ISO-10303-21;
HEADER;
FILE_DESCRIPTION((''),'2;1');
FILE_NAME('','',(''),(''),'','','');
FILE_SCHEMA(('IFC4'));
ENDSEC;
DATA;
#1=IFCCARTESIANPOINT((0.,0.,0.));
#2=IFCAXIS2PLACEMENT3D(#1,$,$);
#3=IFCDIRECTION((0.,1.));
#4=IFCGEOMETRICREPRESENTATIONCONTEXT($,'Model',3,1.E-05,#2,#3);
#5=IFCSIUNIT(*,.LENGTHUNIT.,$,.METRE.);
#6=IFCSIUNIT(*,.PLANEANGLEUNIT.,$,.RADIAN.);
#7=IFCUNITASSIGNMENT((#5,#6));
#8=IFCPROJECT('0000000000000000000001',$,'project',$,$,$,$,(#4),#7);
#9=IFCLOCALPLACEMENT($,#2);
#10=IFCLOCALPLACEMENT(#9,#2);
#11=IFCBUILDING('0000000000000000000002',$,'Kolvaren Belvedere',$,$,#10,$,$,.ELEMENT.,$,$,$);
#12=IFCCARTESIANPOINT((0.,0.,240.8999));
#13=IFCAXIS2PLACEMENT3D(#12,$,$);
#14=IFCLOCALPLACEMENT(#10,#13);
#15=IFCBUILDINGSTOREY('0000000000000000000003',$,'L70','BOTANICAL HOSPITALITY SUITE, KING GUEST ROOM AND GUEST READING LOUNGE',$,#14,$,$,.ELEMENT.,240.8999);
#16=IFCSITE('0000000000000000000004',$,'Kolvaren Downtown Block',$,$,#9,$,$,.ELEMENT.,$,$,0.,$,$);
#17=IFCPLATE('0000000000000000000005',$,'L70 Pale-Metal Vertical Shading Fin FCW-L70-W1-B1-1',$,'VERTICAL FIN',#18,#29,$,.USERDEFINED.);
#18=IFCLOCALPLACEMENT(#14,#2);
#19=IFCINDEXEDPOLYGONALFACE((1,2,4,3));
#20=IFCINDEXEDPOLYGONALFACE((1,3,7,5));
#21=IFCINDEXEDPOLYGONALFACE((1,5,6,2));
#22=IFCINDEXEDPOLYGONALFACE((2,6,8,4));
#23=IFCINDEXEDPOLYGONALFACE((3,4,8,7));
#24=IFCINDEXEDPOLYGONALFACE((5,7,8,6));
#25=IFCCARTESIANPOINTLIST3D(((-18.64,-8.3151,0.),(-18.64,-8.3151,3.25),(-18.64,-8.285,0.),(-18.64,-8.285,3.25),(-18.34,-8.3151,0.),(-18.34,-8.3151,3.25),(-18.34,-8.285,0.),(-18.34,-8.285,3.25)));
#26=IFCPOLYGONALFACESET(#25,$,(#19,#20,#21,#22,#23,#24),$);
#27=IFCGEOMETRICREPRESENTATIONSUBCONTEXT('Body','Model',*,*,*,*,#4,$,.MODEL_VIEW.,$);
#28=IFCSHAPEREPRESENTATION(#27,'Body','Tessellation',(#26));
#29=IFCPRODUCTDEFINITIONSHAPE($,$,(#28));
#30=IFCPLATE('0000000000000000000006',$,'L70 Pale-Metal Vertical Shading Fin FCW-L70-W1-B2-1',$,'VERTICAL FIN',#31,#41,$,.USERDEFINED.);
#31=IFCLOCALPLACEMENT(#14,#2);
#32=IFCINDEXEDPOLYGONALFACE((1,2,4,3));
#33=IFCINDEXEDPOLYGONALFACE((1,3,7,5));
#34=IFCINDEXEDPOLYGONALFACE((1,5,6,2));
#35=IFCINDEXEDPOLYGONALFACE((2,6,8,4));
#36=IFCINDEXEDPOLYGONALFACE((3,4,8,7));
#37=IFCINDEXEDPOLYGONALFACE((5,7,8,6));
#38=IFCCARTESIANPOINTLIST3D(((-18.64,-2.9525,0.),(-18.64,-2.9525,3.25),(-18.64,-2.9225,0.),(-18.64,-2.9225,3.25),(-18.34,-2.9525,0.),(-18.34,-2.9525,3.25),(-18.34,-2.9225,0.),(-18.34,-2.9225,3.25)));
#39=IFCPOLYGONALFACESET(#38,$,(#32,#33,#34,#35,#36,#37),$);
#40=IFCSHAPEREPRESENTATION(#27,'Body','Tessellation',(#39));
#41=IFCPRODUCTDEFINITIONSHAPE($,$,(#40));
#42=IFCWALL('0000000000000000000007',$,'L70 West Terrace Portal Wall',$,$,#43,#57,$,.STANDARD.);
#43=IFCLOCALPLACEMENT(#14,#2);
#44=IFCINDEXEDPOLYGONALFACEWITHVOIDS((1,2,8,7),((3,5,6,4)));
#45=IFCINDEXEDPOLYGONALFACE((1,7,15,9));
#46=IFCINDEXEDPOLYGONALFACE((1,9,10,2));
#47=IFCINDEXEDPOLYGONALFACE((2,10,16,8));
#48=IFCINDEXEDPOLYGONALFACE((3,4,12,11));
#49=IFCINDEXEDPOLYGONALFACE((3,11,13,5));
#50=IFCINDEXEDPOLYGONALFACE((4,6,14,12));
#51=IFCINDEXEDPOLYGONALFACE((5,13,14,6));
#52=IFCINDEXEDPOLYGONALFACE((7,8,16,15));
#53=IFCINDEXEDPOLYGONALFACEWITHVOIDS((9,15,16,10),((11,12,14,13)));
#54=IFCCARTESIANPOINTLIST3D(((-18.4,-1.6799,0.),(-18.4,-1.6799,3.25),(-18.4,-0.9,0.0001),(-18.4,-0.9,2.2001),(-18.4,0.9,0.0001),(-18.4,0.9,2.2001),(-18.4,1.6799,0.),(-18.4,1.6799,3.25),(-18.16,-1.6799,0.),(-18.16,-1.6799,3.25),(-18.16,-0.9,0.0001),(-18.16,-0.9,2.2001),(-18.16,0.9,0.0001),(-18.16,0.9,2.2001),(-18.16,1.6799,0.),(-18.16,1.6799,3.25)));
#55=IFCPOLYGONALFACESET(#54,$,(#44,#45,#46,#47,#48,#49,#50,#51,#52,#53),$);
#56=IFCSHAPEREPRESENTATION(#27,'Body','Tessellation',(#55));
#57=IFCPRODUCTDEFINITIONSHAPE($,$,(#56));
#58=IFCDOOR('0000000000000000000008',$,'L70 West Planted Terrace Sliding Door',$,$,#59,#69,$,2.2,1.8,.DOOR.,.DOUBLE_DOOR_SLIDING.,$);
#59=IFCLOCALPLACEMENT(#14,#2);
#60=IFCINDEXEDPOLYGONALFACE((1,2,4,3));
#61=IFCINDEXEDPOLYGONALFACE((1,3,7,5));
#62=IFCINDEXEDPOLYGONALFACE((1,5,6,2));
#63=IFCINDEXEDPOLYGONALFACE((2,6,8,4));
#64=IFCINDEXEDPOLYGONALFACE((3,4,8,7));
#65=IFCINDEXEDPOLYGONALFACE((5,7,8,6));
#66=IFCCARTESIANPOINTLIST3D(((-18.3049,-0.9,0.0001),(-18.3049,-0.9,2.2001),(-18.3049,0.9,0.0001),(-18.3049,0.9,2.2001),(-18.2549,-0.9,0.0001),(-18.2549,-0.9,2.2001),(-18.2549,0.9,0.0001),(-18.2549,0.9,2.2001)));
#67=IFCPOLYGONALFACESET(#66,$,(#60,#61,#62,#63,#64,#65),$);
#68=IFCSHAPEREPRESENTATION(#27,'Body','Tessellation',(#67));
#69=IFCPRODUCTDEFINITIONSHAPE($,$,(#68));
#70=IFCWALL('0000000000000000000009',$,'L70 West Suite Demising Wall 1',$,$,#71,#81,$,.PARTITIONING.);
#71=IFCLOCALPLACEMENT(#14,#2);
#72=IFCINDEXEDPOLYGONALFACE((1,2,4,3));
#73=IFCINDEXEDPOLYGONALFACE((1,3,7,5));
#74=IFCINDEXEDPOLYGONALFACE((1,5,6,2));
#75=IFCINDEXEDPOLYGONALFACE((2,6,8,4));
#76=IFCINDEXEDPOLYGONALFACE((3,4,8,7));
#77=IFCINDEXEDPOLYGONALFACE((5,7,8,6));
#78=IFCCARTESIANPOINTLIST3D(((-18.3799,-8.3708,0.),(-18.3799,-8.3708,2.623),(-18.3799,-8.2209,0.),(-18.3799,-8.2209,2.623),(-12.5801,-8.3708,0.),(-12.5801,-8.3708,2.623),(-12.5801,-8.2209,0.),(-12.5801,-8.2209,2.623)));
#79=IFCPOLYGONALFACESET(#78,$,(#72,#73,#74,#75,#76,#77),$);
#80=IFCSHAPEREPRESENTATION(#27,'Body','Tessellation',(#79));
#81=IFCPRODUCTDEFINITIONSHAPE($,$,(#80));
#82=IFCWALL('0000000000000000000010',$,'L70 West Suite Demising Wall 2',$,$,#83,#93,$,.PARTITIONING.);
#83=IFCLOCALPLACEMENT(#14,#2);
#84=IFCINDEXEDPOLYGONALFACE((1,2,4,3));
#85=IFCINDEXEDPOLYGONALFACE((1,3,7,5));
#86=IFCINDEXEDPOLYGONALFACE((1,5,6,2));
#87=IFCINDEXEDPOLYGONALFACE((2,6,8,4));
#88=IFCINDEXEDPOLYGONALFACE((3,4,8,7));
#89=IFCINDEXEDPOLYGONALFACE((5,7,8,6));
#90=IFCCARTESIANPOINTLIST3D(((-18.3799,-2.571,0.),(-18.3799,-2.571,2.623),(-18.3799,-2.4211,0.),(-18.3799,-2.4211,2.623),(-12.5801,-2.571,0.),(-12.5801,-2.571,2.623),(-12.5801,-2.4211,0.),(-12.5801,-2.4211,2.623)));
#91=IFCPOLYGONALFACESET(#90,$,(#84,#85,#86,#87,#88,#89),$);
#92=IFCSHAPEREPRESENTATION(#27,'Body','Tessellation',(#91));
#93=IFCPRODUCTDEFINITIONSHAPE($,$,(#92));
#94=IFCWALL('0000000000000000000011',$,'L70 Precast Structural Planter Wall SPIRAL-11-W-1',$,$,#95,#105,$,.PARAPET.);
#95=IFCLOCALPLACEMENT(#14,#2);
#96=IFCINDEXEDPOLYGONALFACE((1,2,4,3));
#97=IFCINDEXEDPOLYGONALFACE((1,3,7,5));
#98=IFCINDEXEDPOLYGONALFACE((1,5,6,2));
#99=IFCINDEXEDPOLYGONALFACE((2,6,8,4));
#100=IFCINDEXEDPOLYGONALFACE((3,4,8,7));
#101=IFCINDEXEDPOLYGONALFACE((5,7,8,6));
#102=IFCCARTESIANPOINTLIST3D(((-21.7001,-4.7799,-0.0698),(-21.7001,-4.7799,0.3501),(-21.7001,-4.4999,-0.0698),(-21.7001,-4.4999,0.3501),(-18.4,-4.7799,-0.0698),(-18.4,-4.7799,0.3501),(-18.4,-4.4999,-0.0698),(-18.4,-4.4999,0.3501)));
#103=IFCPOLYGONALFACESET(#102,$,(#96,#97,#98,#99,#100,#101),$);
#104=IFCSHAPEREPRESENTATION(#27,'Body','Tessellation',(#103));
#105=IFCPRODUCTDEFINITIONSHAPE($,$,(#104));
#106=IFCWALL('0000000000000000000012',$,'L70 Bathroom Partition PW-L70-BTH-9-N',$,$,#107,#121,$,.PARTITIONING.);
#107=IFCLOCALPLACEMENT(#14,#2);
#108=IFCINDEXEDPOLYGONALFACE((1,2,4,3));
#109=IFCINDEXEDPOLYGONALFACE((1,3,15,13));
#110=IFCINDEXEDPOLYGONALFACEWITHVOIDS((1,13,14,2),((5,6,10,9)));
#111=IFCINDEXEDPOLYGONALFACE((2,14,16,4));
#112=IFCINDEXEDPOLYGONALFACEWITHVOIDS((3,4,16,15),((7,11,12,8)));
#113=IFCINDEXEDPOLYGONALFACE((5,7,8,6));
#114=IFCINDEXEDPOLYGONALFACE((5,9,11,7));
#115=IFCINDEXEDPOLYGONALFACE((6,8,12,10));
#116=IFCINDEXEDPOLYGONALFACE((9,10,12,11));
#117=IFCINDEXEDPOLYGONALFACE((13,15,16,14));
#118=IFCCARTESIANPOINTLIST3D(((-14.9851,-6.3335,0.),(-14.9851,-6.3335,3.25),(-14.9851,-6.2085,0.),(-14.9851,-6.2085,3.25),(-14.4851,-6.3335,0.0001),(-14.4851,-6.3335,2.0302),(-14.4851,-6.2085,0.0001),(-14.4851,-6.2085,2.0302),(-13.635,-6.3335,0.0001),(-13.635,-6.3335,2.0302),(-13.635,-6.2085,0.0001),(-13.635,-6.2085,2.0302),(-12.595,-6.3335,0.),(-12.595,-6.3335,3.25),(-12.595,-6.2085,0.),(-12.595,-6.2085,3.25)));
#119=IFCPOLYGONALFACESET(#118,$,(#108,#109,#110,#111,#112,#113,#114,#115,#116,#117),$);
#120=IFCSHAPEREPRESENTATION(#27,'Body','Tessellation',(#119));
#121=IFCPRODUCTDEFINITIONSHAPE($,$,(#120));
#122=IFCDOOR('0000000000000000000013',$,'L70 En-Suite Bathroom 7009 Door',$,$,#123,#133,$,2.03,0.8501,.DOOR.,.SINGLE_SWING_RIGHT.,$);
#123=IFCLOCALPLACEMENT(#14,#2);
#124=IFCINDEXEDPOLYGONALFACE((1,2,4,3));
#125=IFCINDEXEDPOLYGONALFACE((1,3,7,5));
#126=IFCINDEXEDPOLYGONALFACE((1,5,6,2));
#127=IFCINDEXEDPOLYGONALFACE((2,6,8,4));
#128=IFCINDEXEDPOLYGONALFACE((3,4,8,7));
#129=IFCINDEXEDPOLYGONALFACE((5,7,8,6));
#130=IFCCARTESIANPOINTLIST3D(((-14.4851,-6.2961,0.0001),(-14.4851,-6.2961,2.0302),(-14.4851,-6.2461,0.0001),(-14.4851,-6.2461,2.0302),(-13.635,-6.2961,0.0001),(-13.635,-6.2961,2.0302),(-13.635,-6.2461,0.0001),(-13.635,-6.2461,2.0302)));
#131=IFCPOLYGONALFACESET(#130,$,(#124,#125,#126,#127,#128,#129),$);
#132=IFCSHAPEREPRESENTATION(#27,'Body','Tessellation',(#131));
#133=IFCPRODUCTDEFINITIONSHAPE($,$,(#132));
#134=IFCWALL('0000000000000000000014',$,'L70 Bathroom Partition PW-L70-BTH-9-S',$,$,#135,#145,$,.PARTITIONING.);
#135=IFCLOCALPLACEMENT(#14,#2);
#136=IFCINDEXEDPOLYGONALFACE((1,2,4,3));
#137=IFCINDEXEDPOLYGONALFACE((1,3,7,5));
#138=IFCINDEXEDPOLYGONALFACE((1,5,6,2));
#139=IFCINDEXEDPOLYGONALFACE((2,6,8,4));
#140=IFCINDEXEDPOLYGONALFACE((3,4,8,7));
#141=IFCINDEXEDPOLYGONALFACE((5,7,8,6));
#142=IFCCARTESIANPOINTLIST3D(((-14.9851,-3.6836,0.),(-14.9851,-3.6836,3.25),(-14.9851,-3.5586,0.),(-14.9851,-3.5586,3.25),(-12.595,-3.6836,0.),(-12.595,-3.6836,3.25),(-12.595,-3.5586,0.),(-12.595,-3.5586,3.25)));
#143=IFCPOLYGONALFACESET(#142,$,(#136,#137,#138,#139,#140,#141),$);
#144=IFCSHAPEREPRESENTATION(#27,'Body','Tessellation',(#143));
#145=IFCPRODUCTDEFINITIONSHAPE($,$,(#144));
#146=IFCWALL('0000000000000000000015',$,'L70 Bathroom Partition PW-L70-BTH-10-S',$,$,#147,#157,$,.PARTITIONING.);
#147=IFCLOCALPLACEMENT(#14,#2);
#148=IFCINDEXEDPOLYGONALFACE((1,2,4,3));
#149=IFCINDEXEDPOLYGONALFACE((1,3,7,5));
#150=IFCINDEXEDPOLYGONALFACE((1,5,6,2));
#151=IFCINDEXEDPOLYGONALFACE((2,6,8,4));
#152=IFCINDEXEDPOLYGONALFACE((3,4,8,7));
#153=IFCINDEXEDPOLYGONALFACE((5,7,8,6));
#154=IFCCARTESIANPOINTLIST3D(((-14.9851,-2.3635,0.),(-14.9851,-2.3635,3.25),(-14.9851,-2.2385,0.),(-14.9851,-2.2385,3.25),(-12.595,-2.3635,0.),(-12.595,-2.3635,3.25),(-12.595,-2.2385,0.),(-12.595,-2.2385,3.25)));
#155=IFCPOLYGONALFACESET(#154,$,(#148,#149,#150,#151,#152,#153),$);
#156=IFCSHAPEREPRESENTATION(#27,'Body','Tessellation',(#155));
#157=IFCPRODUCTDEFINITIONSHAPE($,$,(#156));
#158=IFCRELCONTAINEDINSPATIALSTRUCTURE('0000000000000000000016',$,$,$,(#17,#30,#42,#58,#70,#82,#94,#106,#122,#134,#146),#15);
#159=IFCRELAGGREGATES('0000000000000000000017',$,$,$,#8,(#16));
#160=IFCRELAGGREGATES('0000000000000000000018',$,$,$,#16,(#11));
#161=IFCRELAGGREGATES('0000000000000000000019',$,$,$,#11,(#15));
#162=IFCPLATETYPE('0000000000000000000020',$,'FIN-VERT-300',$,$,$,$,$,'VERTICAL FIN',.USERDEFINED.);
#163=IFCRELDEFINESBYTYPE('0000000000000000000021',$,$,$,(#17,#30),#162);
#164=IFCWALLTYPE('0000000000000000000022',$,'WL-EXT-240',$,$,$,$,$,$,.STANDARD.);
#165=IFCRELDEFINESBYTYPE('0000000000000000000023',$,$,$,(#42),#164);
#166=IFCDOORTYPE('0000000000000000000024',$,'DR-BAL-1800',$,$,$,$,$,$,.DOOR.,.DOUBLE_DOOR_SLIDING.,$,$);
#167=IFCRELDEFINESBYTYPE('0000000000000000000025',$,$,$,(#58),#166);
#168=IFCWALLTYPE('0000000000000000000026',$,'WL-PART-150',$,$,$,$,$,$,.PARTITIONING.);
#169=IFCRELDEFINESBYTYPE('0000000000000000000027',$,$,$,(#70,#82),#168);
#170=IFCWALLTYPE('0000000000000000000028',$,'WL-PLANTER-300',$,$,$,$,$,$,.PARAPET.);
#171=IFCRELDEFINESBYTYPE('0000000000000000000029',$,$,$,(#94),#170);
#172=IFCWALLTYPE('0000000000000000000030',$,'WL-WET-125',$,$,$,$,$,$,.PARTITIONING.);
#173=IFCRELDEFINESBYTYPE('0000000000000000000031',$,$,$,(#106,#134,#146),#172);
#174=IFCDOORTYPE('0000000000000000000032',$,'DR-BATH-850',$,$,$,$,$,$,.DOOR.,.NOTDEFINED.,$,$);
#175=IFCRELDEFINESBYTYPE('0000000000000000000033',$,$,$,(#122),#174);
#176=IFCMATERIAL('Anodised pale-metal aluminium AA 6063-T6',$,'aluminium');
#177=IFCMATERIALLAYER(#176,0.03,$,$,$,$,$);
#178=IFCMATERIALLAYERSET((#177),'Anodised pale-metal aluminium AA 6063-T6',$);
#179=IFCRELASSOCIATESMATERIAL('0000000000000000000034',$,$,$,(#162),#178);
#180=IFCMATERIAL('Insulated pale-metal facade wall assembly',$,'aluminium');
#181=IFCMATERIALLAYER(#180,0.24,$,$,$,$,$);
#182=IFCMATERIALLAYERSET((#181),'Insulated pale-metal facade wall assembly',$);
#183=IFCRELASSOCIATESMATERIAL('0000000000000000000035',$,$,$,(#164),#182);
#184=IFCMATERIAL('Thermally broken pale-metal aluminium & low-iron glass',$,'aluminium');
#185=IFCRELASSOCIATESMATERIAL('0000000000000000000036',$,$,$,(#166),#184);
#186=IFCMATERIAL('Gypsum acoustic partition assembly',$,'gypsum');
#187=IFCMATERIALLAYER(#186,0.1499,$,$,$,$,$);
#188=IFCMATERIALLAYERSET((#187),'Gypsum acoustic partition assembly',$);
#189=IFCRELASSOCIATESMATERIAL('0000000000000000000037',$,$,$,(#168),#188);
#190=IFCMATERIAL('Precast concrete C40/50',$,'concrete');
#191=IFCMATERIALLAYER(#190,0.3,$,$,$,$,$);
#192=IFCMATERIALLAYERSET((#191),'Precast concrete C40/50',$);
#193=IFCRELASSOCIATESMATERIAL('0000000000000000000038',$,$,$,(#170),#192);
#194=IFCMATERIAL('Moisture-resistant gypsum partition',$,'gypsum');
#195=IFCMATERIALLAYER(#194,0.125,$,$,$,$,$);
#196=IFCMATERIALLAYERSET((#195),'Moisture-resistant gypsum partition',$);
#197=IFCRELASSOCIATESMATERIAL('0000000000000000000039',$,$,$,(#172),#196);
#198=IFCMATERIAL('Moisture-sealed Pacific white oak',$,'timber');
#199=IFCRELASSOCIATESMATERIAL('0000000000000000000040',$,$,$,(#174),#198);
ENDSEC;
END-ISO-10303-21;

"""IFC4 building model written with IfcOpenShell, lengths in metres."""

from ifc_helpers import new_model, si_unit, direction, frame, frame_2d, origin, origin_2d, place, context, subcontext, project, spatial, rectangle, extrude, material, layer, layer_set, type_object, element, fill, save


model = new_model("IFC4")

# Units and contexts
model_context = context("Model", 3, precision=1e-05, world=origin(), true_north=direction((0.0, 1.0)))
body_context = subcontext(model_context, "Body", "Model", "MODEL_VIEW")
ifc_project = project(units=[si_unit("LENGTHUNIT", "METRE"), si_unit("PLANEANGLEUNIT", "RADIAN")], contexts=[model_context])

# Site, building, storey
site_placement = place(None, origin())
site = spatial("IfcSite", under=ifc_project, at=site_placement, Name="Kolvaren Downtown Block", CompositionType="ELEMENT", RefElevation=0.0)
building_placement = place(site_placement, origin())
building = spatial("IfcBuilding", under=site, at=building_placement, Name="Kolvaren Belvedere", CompositionType="ELEMENT")
storey_placement = place(building_placement, frame((0.0, 0.0, 240.8999)))
storey = spatial("IfcBuildingStorey", under=building, at=storey_placement, Name="L70", Description="BOTANICAL HOSPITALITY SUITE, KING GUEST ROOM AND GUEST READING LOUNGE", CompositionType="ELEMENT", Elevation=240.8999)

# Plates
ifc_material_1 = material(Name="Anodised pale-metal aluminium AA 6063-T6", Category="aluminium")
ifc_layer_1 = layer(ifc_material_1, 0.03)
ifc_layer_set_1 = layer_set([ifc_layer_1], Name="Anodised pale-metal aluminium AA 6063-T6")
plate_type_1 = type_object("IfcPlateType", Name="FIN-VERT-300", ElementType="VERTICAL FIN", PredefinedType="USERDEFINED", material=ifc_layer_set_1)
for number, where, z_axis, x_axis, name in (
    (1, (-18.49, -8.3, 0.0), (0.0, 0.0, 1.0), (1.0, 0.0, 0.0), "L70 Pale-Metal Vertical Shading Fin FCW-L70-W1-B1-1"),
    (2, (-18.49, -2.9375, 0.0), (0.0, 0.0, 1.0), (1.0, 0.0, 0.0), "L70 Pale-Metal Vertical Shading Fin FCW-L70-W1-B2-1"),
):
    element("IfcPlate", number, at=place(storey_placement, frame(where, z_axis=z_axis, x_axis=x_axis)), inside=storey, type_object=plate_type_1, Name=name, ObjectType="VERTICAL FIN", PredefinedType="USERDEFINED", context=body_context, shape_type="SweptSolid", body=[
        extrude(rectangle(XDim=0.3, YDim=0.03, at=origin_2d()), origin(), (0.0, 0.0, 1.0), 3.25),
    ])

# Wall, opening, door
ifc_material_2 = material(Name="Insulated pale-metal facade wall assembly", Category="aluminium")
ifc_layer_2 = layer(ifc_material_2, 0.24)
ifc_layer_set_2 = layer_set([ifc_layer_2], Name="Insulated pale-metal facade wall assembly")
wall_type_1 = type_object("IfcWallType", Name="WL-EXT-240", PredefinedType="STANDARD", material=ifc_layer_set_2)
wall_1_placement = place(storey_placement, frame((-18.28, -1.6799, 0.0), z_axis=(0.0, 0.0, 1.0), x_axis=(0.0, 1.0, 0.0)))
wall_1 = element("IfcWall", 3, at=wall_1_placement, inside=storey, type_object=wall_type_1, Name="L70 West Terrace Portal Wall", PredefinedType="STANDARD", context=body_context, shape_type="SweptSolid", body=[
    extrude(rectangle(XDim=3.3599, YDim=0.24, at=frame_2d((1.6799, 0.0))), origin(), (0.0, 0.0, 1.0), 3.25),
])
opening_1_placement = place(wall_1_placement, frame((0.78, 0.0, 0.0)))
opening_1 = element("IfcOpeningElement", 4, at=opening_1_placement, cuts=wall_1, PredefinedType="OPENING", context=body_context, shape_type="SweptSolid", body=[
    extrude(rectangle(XDim=1.8, YDim=2.2, at=frame_2d((0.8999, 1.1001))), frame((0.0, 0.1299, 0.0), z_axis=(0.0, -1.0, 0.0), x_axis=(1.0, 0.0, 0.0)), (0.0, 0.0, 1.0), 0.26),
])
ifc_material_3 = material(Name="Thermally broken pale-metal aluminium & low-iron glass", Category="aluminium")
door_type_1 = type_object("IfcDoorType", Name="DR-BAL-1800", OperationType="DOUBLE_DOOR_SLIDING", PredefinedType="DOOR", material=ifc_material_3)
door_1_placement = place(opening_1_placement, origin())
door_1 = element("IfcDoor", 5, at=door_1_placement, inside=storey, type_object=door_type_1, Name="L70 West Planted Terrace Sliding Door", OperationType="DOUBLE_DOOR_SLIDING", OverallHeight=2.2, OverallWidth=1.8, PredefinedType="DOOR", context=body_context, shape_type="SweptSolid", body=[
    extrude(rectangle(XDim=1.8, YDim=2.2, at=frame_2d((0.8999, 1.1001))), frame((0.0, 0.0249, 0.0), z_axis=(0.0, -1.0, 0.0), x_axis=(1.0, 0.0, 0.0)), (0.0, 0.0, 1.0), 0.05),
])
fill(opening_1, door_1)

# Walls
ifc_material_4 = material(Name="Gypsum acoustic partition assembly", Category="gypsum")
ifc_layer_3 = layer(ifc_material_4, 0.1499)
ifc_layer_set_3 = layer_set([ifc_layer_3], Name="Gypsum acoustic partition assembly")
wall_type_2 = type_object("IfcWallType", Name="WL-PART-150", PredefinedType="PARTITIONING", material=ifc_layer_set_3)
for number, where, z_axis, x_axis, name in (
    (6, (-18.3799, -8.2959, 0.0), (0.0, 0.0, 1.0), (1.0, 0.0, 0.0), "L70 West Suite Demising Wall 1"),
    (7, (-18.3799, -2.4961, 0.0), (0.0, 0.0, 1.0), (1.0, 0.0, 0.0), "L70 West Suite Demising Wall 2"),
):
    element("IfcWall", number, at=place(storey_placement, frame(where, z_axis=z_axis, x_axis=x_axis)), inside=storey, type_object=wall_type_2, Name=name, PredefinedType="PARTITIONING", context=body_context, shape_type="SweptSolid", body=[
        extrude(rectangle(XDim=5.7998, YDim=0.1499, at=frame_2d((2.8999, 0.0))), origin(), (0.0, 0.0, 1.0), 2.623),
    ])
ifc_material_5 = material(Name="Precast concrete C40/50", Category="concrete")
ifc_layer_4 = layer(ifc_material_5, 0.3)
ifc_layer_set_4 = layer_set([ifc_layer_4], Name="Precast concrete C40/50")
wall_type_3 = type_object("IfcWallType", Name="WL-PLANTER-300", PredefinedType="PARAPET", material=ifc_layer_set_4)
wall_2_placement = place(storey_placement, frame((-21.7, -4.6399, -0.0698), z_axis=(0.0, 0.0, 1.0), x_axis=(1.0, 0.0, 0.0)))
element("IfcWall", 8, at=wall_2_placement, inside=storey, type_object=wall_type_3, Name="L70 Precast Structural Planter Wall SPIRAL-11-W-1", PredefinedType="PARAPET", context=body_context, shape_type="SweptSolid", body=[
    extrude(rectangle(XDim=3.3, YDim=0.28, at=frame_2d((1.6499, 0.0))), origin(), (0.0, 0.0, 1.0), 0.4199),
])

# Wall, opening, door
ifc_material_6 = material(Name="Moisture-resistant gypsum partition", Category="gypsum")
ifc_layer_5 = layer(ifc_material_6, 0.125)
ifc_layer_set_5 = layer_set([ifc_layer_5], Name="Moisture-resistant gypsum partition")
wall_type_4 = type_object("IfcWallType", Name="WL-WET-125", PredefinedType="PARTITIONING", material=ifc_layer_set_5)
wall_3_placement = place(storey_placement, frame((-14.9851, -6.271, 0.0), z_axis=(0.0, 0.0, 1.0), x_axis=(1.0, 0.0, 0.0)))
wall_3 = element("IfcWall", 9, at=wall_3_placement, inside=storey, type_object=wall_type_4, Name="L70 Bathroom Partition PW-L70-BTH-9-N", PredefinedType="PARTITIONING", context=body_context, shape_type="SweptSolid", body=[
    extrude(rectangle(XDim=2.3901, YDim=0.125, at=frame_2d((1.1951, 0.0))), origin(), (0.0, 0.0, 1.0), 3.25),
])
opening_2_placement = place(wall_3_placement, frame((0.5, 0.0, 0.0)))
opening_2 = element("IfcOpeningElement", 10, at=opening_2_placement, cuts=wall_3, PredefinedType="OPENING", context=body_context, shape_type="SweptSolid", body=[
    extrude(rectangle(XDim=0.8501, YDim=2.03, at=frame_2d((0.425, 1.0151))), frame((0.0, 0.0725, 0.0), z_axis=(0.0, -1.0, 0.0), x_axis=(1.0, 0.0, 0.0)), (0.0, 0.0, 1.0), 0.145),
])
ifc_material_7 = material(Name="Moisture-sealed Pacific white oak", Category="timber")
door_type_2 = type_object("IfcDoorType", Name="DR-BATH-850", OperationType="NOTDEFINED", PredefinedType="DOOR", material=ifc_material_7)
door_2_placement = place(opening_2_placement, origin())
door_2 = element("IfcDoor", 11, at=door_2_placement, inside=storey, type_object=door_type_2, Name="L70 En-Suite Bathroom 7009 Door", OperationType="SINGLE_SWING_RIGHT", OverallHeight=2.03, OverallWidth=0.8501, PredefinedType="DOOR", context=body_context, shape_type="SweptSolid", body=[
    extrude(rectangle(XDim=0.8501, YDim=2.03, at=frame_2d((0.425, 1.0151))), frame((0.0, 0.0249, 0.0), z_axis=(0.0, -1.0, 0.0), x_axis=(1.0, 0.0, 0.0)), (0.0, 0.0, 1.0), 0.05),
])
fill(opening_2, door_2)

# Walls
for number, where, z_axis, x_axis, name in (
    (12, (-14.9851, -3.6211, 0.0), (0.0, 0.0, 1.0), (1.0, 0.0, 0.0), "L70 Bathroom Partition PW-L70-BTH-9-S"),
    (13, (-14.9851, -2.301, 0.0), (0.0, 0.0, 1.0), (1.0, 0.0, 0.0), "L70 Bathroom Partition PW-L70-BTH-10-S"),
):
    element("IfcWall", number, at=place(storey_placement, frame(where, z_axis=z_axis, x_axis=x_axis)), inside=storey, type_object=wall_type_4, Name=name, PredefinedType="PARTITIONING", context=body_context, shape_type="SweptSolid", body=[
        extrude(rectangle(XDim=2.3901, YDim=0.125, at=frame_2d((1.1951, 0.0))), origin(), (0.0, 0.0, 1.0), 3.25),
    ])

save(model, "model.ifc")
